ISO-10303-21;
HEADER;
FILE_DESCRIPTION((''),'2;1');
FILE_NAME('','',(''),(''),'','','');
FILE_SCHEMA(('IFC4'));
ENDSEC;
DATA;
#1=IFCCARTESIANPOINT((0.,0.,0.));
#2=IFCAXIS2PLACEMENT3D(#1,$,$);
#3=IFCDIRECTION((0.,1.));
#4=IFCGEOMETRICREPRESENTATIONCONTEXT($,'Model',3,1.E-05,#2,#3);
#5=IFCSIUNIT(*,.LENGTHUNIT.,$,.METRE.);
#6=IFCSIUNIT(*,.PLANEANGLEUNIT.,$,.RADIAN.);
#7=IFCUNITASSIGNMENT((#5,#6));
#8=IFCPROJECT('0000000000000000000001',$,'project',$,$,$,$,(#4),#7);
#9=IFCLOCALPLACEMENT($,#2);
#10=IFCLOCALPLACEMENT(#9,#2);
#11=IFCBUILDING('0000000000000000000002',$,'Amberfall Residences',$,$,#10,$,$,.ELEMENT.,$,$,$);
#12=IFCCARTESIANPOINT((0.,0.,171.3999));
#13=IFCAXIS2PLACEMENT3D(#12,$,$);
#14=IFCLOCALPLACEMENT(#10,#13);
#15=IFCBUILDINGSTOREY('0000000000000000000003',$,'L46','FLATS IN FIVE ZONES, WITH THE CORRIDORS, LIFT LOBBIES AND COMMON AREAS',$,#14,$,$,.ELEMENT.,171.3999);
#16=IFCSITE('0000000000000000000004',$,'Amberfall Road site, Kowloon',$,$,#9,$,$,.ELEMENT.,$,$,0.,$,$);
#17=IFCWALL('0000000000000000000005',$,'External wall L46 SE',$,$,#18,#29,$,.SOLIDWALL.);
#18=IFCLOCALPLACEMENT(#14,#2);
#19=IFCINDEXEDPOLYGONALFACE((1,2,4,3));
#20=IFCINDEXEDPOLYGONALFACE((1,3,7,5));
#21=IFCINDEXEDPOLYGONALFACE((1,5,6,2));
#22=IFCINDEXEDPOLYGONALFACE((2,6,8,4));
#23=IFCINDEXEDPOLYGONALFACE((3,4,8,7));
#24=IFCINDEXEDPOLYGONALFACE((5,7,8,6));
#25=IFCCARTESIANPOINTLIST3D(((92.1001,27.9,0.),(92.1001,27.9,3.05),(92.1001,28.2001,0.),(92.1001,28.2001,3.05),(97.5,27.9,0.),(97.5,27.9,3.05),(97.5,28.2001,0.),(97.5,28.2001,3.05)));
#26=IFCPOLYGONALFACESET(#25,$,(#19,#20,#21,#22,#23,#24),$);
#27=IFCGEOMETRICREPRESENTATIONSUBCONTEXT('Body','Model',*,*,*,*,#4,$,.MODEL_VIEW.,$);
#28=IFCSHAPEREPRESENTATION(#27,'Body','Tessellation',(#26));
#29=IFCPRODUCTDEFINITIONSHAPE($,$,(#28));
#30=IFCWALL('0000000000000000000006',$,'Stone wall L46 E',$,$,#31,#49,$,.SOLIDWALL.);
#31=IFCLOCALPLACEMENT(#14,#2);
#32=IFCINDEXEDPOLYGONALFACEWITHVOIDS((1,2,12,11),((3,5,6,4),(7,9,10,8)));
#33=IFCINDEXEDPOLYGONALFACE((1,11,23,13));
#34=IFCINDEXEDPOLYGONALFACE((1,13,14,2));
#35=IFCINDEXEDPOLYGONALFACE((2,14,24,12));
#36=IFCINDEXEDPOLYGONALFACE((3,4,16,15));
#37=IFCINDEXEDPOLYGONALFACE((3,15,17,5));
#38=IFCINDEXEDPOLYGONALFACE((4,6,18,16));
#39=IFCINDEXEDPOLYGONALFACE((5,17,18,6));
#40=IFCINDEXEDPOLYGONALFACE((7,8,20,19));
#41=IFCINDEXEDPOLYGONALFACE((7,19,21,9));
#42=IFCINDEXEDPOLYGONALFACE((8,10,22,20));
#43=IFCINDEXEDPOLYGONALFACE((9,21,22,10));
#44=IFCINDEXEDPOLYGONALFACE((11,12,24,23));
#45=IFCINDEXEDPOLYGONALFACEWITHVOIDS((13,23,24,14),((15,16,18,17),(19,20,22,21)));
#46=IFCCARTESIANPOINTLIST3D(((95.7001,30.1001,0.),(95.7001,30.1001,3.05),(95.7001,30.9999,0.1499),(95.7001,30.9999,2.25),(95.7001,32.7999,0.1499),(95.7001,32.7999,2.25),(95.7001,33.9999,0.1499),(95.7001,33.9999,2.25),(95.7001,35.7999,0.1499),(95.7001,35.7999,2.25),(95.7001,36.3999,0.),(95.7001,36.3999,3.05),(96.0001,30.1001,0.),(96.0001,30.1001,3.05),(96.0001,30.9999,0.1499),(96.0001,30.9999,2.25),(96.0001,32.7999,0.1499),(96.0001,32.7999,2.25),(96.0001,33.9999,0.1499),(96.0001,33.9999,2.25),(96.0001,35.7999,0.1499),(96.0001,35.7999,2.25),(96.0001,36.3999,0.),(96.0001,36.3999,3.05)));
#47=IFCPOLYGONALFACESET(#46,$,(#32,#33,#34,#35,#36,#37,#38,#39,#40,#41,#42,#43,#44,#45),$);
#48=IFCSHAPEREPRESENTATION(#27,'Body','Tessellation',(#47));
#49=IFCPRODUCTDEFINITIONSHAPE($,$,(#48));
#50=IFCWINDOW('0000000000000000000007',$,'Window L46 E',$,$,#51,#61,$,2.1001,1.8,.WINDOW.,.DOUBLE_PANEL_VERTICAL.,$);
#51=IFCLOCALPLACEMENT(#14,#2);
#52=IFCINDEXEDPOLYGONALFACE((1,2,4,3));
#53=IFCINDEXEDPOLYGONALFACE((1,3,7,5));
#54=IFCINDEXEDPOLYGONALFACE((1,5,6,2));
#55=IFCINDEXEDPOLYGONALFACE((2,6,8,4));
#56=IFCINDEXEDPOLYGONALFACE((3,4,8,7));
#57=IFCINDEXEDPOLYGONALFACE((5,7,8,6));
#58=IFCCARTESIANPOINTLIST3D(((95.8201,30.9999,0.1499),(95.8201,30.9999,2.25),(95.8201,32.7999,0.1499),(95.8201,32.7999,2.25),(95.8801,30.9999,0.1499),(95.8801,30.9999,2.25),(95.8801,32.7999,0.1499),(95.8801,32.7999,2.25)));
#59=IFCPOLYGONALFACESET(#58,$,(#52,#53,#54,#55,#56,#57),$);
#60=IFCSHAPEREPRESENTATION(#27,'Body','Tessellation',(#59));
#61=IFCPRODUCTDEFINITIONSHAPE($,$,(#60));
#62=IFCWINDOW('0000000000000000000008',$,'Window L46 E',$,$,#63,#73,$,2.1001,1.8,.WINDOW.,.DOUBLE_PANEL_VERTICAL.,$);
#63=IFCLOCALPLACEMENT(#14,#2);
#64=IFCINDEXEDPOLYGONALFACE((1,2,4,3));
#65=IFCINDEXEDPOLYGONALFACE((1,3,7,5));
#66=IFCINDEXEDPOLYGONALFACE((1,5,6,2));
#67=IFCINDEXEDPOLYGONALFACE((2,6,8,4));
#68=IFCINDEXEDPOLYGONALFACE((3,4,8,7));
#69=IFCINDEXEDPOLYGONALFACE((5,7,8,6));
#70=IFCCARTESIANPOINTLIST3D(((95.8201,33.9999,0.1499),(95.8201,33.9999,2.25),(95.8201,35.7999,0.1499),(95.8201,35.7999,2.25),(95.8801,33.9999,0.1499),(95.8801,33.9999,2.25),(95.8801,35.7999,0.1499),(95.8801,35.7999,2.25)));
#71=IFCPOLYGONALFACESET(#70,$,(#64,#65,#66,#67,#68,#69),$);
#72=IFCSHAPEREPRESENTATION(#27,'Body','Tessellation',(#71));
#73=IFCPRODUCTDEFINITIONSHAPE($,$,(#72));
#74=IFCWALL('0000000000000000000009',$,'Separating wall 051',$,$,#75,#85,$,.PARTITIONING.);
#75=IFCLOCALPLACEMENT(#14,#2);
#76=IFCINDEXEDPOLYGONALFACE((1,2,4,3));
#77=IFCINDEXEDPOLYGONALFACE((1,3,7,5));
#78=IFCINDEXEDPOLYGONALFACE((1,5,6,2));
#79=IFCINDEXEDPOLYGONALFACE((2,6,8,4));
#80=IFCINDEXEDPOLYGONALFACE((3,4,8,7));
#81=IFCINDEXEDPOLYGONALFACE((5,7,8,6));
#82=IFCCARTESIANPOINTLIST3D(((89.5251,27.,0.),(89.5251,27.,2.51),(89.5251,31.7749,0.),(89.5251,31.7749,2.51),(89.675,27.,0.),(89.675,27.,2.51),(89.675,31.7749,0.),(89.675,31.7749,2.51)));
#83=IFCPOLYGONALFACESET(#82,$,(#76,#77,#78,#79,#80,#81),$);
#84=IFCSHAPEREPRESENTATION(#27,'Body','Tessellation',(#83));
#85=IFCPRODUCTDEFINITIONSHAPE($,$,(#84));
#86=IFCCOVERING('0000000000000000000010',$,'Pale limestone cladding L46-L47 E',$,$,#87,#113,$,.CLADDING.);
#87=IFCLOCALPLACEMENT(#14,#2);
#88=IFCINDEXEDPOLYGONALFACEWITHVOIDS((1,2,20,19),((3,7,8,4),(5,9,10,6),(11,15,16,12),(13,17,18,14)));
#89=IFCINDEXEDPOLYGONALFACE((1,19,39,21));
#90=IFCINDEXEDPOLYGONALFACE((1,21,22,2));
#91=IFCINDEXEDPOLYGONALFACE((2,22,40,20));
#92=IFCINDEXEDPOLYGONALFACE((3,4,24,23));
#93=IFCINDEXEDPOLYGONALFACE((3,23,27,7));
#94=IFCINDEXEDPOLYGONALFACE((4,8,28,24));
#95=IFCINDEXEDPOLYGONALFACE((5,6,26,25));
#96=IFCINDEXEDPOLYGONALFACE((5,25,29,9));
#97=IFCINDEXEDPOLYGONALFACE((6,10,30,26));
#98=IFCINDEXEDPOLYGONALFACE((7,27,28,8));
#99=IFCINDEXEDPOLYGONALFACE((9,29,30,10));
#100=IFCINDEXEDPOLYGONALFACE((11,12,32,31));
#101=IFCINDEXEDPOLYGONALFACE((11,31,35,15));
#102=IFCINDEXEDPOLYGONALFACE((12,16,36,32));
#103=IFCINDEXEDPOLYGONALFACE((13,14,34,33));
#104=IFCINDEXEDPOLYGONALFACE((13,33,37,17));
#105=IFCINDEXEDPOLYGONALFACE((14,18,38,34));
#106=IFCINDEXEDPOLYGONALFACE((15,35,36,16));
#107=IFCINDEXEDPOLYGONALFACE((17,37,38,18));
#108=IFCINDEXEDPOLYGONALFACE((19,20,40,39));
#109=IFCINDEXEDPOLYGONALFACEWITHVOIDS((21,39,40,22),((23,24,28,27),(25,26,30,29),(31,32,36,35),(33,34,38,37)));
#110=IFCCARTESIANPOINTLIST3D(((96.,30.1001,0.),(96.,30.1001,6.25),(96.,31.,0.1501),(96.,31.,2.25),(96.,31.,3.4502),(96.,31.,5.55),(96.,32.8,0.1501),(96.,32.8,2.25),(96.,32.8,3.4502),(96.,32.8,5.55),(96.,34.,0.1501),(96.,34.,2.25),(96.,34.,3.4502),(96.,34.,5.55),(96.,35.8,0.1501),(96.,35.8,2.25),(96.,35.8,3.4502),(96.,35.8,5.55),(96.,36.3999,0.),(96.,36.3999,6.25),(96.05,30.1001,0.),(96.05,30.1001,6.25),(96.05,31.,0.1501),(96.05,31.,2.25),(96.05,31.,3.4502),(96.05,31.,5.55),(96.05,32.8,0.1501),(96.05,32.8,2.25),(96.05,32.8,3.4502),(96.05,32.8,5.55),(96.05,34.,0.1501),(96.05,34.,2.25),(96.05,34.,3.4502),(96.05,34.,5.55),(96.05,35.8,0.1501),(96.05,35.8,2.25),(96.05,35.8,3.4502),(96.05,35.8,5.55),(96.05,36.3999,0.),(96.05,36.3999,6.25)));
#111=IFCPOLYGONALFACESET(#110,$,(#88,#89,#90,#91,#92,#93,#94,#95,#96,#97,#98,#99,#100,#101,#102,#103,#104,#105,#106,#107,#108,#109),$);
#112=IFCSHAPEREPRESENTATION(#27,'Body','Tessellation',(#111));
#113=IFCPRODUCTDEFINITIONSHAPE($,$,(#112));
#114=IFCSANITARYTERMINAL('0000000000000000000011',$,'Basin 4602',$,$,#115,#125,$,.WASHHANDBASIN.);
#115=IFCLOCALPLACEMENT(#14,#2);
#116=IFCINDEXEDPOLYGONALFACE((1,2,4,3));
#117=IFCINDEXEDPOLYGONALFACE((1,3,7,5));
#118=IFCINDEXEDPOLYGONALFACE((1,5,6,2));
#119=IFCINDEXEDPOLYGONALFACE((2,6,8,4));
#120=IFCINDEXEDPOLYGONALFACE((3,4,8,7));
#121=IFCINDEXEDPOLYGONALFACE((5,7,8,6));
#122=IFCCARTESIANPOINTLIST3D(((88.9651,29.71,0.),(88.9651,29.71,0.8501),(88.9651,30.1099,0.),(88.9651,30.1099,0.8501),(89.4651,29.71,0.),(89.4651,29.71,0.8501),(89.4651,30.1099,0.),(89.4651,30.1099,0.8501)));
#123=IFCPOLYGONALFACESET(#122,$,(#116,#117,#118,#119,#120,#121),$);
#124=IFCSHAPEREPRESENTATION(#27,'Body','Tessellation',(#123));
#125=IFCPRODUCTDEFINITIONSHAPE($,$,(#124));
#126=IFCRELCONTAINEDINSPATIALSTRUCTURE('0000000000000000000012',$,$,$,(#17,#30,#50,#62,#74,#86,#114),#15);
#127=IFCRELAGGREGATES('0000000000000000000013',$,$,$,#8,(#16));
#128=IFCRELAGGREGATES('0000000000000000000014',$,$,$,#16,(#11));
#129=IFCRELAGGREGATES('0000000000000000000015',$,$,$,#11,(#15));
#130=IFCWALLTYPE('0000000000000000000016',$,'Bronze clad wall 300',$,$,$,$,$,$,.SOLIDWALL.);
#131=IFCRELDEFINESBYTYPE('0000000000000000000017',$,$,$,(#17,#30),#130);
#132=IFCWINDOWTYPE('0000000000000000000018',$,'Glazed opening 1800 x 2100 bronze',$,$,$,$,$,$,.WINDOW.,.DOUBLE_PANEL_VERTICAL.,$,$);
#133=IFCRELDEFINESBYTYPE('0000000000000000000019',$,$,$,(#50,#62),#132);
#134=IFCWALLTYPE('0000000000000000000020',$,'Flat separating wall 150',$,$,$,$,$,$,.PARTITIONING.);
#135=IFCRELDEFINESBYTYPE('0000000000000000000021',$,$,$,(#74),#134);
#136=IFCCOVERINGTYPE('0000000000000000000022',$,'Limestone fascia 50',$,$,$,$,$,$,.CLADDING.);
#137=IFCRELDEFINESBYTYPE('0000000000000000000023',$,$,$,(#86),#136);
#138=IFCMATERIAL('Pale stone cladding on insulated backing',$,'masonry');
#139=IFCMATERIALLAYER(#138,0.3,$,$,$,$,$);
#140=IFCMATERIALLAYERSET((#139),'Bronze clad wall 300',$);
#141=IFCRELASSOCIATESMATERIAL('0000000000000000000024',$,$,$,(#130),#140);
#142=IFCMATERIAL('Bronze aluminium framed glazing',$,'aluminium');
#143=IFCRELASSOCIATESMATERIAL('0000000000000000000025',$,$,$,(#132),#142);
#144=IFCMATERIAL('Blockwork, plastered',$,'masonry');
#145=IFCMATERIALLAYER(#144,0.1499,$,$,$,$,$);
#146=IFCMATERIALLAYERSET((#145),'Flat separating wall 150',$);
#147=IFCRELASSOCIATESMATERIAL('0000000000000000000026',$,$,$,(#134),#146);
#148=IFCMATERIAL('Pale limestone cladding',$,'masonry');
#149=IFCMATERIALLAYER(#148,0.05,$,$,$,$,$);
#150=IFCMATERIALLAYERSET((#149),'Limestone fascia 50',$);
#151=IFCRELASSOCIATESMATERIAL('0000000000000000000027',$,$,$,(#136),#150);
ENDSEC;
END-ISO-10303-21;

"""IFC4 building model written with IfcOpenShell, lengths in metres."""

from ifc_helpers import new_model, si_unit, direction, frame, frame_2d, origin, origin_2d, place, context, subcontext, project, spatial, polyline, rectangle, outline, extrude, material, layer, layer_set, type_object, element, fill, save


model = new_model("IFC4")

# Units and contexts
model_context = context("Model", 3, precision=1e-05, world=origin(), true_north=direction((0.0, 1.0)))
body_context = subcontext(model_context, "Body", "Model", "MODEL_VIEW")
ifc_project = project(units=[si_unit("LENGTHUNIT", "METRE"), si_unit("PLANEANGLEUNIT", "RADIAN")], contexts=[model_context])

# Site, building, storey
site_placement = place(None, origin())
site = spatial("IfcSite", under=ifc_project, at=site_placement, Name="Amberfall Road site, Kowloon", CompositionType="ELEMENT", RefElevation=0.0)
building_placement = place(site_placement, origin())
building = spatial("IfcBuilding", under=site, at=building_placement, Name="Amberfall Residences", CompositionType="ELEMENT")
storey_placement = place(building_placement, frame((0.0, 0.0, 171.3999)))
storey = spatial("IfcBuildingStorey", under=building, at=storey_placement, Name="L46", Description="FLATS IN FIVE ZONES, WITH THE CORRIDORS, LIFT LOBBIES AND COMMON AREAS", CompositionType="ELEMENT", Elevation=171.3999)

# Shared definitions
ifc_material_1 = material(Name="Pale stone cladding on insulated backing", Category="masonry")
ifc_layer_1 = layer(ifc_material_1, 0.3)
ifc_layer_set_1 = layer_set([ifc_layer_1], Name="Bronze clad wall 300")
wall_type_1 = type_object("IfcWallType", Name="Bronze clad wall 300", PredefinedType="SOLIDWALL", material=ifc_layer_set_1)

# Shared definitions
ifc_material_2 = material(Name="Bronze aluminium framed glazing", Category="aluminium")

# Wall
wall_1_placement = place(storey_placement, frame((92.1001, 28.05, 0.0), z_axis=(0.0, 0.0, 1.0), x_axis=(1.0, 0.0, 0.0)))
element("IfcWall", 1, at=wall_1_placement, inside=storey, type_object=wall_type_1, Name="External wall L46 SE", PredefinedType="SOLIDWALL", context=body_context, shape_type="SweptSolid", body=[
    extrude(rectangle(XDim=5.3999, YDim=0.3, at=frame_2d((2.7, 0.0))), origin(), (0.0, 0.0, 1.0), 3.05),
])

# Wall, openings, windows
wall_2_placement = place(storey_placement, frame((95.8501, 30.1001, 0.0), z_axis=(0.0, 0.0, 1.0), x_axis=(0.0, 1.0, 0.0)))
wall_2 = element("IfcWall", 2, at=wall_2_placement, inside=storey, type_object=wall_type_1, Name="Stone wall L46 E", PredefinedType="SOLIDWALL", context=body_context, shape_type="SweptSolid", body=[
    extrude(rectangle(XDim=6.2998, YDim=0.3, at=frame_2d((3.1499, 0.0))), origin(), (0.0, 0.0, 1.0), 3.05),
])
opening_1_placement = place(wall_2_placement, frame((0.8999, 0.0, 0.1499)))
opening_1 = element("IfcOpeningElement", 3, at=opening_1_placement, cuts=wall_2, PredefinedType="OPENING", context=body_context, shape_type="SweptSolid", body=[
    extrude(rectangle(XDim=1.8, YDim=2.1001, at=frame_2d((0.8999, 1.05))), frame((0.0, 0.1599, 0.0), z_axis=(0.0, -1.0, 0.0), x_axis=(1.0, 0.0, 0.0)), (0.0, 0.0, 1.0), 0.3201),
])
opening_2_placement = place(wall_2_placement, frame((3.8999, 0.0, 0.1499)))
opening_2 = element("IfcOpeningElement", 4, at=opening_2_placement, cuts=wall_2, PredefinedType="OPENING", context=body_context, shape_type="SweptSolid", body=[
    extrude(rectangle(XDim=1.8, YDim=2.1001, at=frame_2d((0.8999, 1.05))), frame((0.0, 0.1599, 0.0), z_axis=(0.0, -1.0, 0.0), x_axis=(1.0, 0.0, 0.0)), (0.0, 0.0, 1.0), 0.3201),
])
window_type_1 = type_object("IfcWindowType", Name="Glazed opening 1800 x 2100 bronze", PartitioningType="DOUBLE_PANEL_VERTICAL", PredefinedType="WINDOW", material=ifc_material_2)
window_1_placement = place(opening_1_placement, origin())
window_1 = element("IfcWindow", 5, at=window_1_placement, inside=storey, type_object=window_type_1, Name="Window L46 E", OverallHeight=2.1001, OverallWidth=1.8, PartitioningType="DOUBLE_PANEL_VERTICAL", PredefinedType="WINDOW", context=body_context, shape_type="SweptSolid", body=[
    extrude(rectangle(XDim=1.8, YDim=2.1001, at=frame_2d((0.8999, 1.05))), frame((0.0, 0.03, 0.0), z_axis=(0.0, -1.0, 0.0), x_axis=(1.0, 0.0, 0.0)), (0.0, 0.0, 1.0), 0.0601),
])
fill(opening_1, window_1)
window_2_placement = place(opening_2_placement, origin())
window_2 = element("IfcWindow", 6, at=window_2_placement, inside=storey, type_object=window_type_1, Name="Window L46 E", OverallHeight=2.1001, OverallWidth=1.8, PartitioningType="DOUBLE_PANEL_VERTICAL", PredefinedType="WINDOW", context=body_context, shape_type="SweptSolid", body=[
    extrude(rectangle(XDim=1.8, YDim=2.1001, at=frame_2d((0.8999, 1.05))), frame((0.0, 0.03, 0.0), z_axis=(0.0, -1.0, 0.0), x_axis=(1.0, 0.0, 0.0)), (0.0, 0.0, 1.0), 0.0601),
])
fill(opening_2, window_2)

# Wall
ifc_material_3 = material(Name="Blockwork, plastered", Category="masonry")
ifc_layer_2 = layer(ifc_material_3, 0.1499)
ifc_layer_set_2 = layer_set([ifc_layer_2], Name="Flat separating wall 150")
wall_type_2 = type_object("IfcWallType", Name="Flat separating wall 150", PredefinedType="PARTITIONING", material=ifc_layer_set_2)
wall_3_placement = place(storey_placement, frame((89.6001, 27.0, 0.0), z_axis=(0.0, 0.0, 1.0), x_axis=(0.0, 1.0, 0.0)))
element("IfcWall", 7, at=wall_3_placement, inside=storey, type_object=wall_type_2, Name="Separating wall 051", PredefinedType="PARTITIONING", context=body_context, shape_type="SweptSolid", body=[
    extrude(rectangle(XDim=4.7749, YDim=0.1499, at=frame_2d((2.3875, 0.0))), origin(), (0.0, 0.0, 1.0), 2.51),
])

# Covering
ifc_material_4 = material(Name="Pale limestone cladding", Category="masonry")
ifc_layer_3 = layer(ifc_material_4, 0.05)
ifc_layer_set_3 = layer_set([ifc_layer_3], Name="Limestone fascia 50")
covering_type = type_object("IfcCoveringType", Name="Limestone fascia 50", PredefinedType="CLADDING", material=ifc_layer_set_3)
covering_placement = place(storey_placement, frame((96.0, 30.1001, 6.25), z_axis=(-1.0, 0.0, 0.0), x_axis=(0.0, 1.0, 0.0)))
element("IfcCovering", 8, at=covering_placement, inside=storey, type_object=covering_type, Name="Pale limestone cladding L46-L47 E", PredefinedType="CLADDING", context=body_context, shape_type="SweptSolid", body=[
    extrude(outline(polyline([(0.0, 0.0), (6.2998, 0.0), (6.2998, 6.25), (0.0, 6.25), (0.0, 0.0)]), holes=[polyline([(0.8999, 4.0), (2.7, 4.0), (2.7, 6.0999), (0.8999, 6.0999), (0.8999, 4.0)]), polyline([(3.8999, 4.0), (5.7, 4.0), (5.7, 6.0999), (3.8999, 6.0999), (3.8999, 4.0)]), polyline([(0.8999, 0.7), (2.7, 0.7), (2.7, 2.7998), (0.8999, 2.7998), (0.8999, 0.7)]), polyline([(3.8999, 0.7), (5.7, 0.7), (5.7, 2.7998), (3.8999, 2.7998), (3.8999, 0.7)])]), origin(), (0.0, 0.0, -1.0), 0.05),
])

# Sanitary terminal
sanitary_terminal_placement = place(storey_placement, frame((89.2151, 29.9099, 0.0), z_axis=(0.0, 0.0, 1.0), x_axis=(1.0, 0.0, 0.0)))
element("IfcSanitaryTerminal", 9, at=sanitary_terminal_placement, inside=storey, Name="Basin 4602", PredefinedType="WASHHANDBASIN", context=body_context, shape_type="SweptSolid", body=[
    extrude(rectangle(XDim=0.5, YDim=0.3999, at=origin_2d()), origin(), (0.0, 0.0, 1.0), 0.8501),
])

save(model, "model.ifc")
